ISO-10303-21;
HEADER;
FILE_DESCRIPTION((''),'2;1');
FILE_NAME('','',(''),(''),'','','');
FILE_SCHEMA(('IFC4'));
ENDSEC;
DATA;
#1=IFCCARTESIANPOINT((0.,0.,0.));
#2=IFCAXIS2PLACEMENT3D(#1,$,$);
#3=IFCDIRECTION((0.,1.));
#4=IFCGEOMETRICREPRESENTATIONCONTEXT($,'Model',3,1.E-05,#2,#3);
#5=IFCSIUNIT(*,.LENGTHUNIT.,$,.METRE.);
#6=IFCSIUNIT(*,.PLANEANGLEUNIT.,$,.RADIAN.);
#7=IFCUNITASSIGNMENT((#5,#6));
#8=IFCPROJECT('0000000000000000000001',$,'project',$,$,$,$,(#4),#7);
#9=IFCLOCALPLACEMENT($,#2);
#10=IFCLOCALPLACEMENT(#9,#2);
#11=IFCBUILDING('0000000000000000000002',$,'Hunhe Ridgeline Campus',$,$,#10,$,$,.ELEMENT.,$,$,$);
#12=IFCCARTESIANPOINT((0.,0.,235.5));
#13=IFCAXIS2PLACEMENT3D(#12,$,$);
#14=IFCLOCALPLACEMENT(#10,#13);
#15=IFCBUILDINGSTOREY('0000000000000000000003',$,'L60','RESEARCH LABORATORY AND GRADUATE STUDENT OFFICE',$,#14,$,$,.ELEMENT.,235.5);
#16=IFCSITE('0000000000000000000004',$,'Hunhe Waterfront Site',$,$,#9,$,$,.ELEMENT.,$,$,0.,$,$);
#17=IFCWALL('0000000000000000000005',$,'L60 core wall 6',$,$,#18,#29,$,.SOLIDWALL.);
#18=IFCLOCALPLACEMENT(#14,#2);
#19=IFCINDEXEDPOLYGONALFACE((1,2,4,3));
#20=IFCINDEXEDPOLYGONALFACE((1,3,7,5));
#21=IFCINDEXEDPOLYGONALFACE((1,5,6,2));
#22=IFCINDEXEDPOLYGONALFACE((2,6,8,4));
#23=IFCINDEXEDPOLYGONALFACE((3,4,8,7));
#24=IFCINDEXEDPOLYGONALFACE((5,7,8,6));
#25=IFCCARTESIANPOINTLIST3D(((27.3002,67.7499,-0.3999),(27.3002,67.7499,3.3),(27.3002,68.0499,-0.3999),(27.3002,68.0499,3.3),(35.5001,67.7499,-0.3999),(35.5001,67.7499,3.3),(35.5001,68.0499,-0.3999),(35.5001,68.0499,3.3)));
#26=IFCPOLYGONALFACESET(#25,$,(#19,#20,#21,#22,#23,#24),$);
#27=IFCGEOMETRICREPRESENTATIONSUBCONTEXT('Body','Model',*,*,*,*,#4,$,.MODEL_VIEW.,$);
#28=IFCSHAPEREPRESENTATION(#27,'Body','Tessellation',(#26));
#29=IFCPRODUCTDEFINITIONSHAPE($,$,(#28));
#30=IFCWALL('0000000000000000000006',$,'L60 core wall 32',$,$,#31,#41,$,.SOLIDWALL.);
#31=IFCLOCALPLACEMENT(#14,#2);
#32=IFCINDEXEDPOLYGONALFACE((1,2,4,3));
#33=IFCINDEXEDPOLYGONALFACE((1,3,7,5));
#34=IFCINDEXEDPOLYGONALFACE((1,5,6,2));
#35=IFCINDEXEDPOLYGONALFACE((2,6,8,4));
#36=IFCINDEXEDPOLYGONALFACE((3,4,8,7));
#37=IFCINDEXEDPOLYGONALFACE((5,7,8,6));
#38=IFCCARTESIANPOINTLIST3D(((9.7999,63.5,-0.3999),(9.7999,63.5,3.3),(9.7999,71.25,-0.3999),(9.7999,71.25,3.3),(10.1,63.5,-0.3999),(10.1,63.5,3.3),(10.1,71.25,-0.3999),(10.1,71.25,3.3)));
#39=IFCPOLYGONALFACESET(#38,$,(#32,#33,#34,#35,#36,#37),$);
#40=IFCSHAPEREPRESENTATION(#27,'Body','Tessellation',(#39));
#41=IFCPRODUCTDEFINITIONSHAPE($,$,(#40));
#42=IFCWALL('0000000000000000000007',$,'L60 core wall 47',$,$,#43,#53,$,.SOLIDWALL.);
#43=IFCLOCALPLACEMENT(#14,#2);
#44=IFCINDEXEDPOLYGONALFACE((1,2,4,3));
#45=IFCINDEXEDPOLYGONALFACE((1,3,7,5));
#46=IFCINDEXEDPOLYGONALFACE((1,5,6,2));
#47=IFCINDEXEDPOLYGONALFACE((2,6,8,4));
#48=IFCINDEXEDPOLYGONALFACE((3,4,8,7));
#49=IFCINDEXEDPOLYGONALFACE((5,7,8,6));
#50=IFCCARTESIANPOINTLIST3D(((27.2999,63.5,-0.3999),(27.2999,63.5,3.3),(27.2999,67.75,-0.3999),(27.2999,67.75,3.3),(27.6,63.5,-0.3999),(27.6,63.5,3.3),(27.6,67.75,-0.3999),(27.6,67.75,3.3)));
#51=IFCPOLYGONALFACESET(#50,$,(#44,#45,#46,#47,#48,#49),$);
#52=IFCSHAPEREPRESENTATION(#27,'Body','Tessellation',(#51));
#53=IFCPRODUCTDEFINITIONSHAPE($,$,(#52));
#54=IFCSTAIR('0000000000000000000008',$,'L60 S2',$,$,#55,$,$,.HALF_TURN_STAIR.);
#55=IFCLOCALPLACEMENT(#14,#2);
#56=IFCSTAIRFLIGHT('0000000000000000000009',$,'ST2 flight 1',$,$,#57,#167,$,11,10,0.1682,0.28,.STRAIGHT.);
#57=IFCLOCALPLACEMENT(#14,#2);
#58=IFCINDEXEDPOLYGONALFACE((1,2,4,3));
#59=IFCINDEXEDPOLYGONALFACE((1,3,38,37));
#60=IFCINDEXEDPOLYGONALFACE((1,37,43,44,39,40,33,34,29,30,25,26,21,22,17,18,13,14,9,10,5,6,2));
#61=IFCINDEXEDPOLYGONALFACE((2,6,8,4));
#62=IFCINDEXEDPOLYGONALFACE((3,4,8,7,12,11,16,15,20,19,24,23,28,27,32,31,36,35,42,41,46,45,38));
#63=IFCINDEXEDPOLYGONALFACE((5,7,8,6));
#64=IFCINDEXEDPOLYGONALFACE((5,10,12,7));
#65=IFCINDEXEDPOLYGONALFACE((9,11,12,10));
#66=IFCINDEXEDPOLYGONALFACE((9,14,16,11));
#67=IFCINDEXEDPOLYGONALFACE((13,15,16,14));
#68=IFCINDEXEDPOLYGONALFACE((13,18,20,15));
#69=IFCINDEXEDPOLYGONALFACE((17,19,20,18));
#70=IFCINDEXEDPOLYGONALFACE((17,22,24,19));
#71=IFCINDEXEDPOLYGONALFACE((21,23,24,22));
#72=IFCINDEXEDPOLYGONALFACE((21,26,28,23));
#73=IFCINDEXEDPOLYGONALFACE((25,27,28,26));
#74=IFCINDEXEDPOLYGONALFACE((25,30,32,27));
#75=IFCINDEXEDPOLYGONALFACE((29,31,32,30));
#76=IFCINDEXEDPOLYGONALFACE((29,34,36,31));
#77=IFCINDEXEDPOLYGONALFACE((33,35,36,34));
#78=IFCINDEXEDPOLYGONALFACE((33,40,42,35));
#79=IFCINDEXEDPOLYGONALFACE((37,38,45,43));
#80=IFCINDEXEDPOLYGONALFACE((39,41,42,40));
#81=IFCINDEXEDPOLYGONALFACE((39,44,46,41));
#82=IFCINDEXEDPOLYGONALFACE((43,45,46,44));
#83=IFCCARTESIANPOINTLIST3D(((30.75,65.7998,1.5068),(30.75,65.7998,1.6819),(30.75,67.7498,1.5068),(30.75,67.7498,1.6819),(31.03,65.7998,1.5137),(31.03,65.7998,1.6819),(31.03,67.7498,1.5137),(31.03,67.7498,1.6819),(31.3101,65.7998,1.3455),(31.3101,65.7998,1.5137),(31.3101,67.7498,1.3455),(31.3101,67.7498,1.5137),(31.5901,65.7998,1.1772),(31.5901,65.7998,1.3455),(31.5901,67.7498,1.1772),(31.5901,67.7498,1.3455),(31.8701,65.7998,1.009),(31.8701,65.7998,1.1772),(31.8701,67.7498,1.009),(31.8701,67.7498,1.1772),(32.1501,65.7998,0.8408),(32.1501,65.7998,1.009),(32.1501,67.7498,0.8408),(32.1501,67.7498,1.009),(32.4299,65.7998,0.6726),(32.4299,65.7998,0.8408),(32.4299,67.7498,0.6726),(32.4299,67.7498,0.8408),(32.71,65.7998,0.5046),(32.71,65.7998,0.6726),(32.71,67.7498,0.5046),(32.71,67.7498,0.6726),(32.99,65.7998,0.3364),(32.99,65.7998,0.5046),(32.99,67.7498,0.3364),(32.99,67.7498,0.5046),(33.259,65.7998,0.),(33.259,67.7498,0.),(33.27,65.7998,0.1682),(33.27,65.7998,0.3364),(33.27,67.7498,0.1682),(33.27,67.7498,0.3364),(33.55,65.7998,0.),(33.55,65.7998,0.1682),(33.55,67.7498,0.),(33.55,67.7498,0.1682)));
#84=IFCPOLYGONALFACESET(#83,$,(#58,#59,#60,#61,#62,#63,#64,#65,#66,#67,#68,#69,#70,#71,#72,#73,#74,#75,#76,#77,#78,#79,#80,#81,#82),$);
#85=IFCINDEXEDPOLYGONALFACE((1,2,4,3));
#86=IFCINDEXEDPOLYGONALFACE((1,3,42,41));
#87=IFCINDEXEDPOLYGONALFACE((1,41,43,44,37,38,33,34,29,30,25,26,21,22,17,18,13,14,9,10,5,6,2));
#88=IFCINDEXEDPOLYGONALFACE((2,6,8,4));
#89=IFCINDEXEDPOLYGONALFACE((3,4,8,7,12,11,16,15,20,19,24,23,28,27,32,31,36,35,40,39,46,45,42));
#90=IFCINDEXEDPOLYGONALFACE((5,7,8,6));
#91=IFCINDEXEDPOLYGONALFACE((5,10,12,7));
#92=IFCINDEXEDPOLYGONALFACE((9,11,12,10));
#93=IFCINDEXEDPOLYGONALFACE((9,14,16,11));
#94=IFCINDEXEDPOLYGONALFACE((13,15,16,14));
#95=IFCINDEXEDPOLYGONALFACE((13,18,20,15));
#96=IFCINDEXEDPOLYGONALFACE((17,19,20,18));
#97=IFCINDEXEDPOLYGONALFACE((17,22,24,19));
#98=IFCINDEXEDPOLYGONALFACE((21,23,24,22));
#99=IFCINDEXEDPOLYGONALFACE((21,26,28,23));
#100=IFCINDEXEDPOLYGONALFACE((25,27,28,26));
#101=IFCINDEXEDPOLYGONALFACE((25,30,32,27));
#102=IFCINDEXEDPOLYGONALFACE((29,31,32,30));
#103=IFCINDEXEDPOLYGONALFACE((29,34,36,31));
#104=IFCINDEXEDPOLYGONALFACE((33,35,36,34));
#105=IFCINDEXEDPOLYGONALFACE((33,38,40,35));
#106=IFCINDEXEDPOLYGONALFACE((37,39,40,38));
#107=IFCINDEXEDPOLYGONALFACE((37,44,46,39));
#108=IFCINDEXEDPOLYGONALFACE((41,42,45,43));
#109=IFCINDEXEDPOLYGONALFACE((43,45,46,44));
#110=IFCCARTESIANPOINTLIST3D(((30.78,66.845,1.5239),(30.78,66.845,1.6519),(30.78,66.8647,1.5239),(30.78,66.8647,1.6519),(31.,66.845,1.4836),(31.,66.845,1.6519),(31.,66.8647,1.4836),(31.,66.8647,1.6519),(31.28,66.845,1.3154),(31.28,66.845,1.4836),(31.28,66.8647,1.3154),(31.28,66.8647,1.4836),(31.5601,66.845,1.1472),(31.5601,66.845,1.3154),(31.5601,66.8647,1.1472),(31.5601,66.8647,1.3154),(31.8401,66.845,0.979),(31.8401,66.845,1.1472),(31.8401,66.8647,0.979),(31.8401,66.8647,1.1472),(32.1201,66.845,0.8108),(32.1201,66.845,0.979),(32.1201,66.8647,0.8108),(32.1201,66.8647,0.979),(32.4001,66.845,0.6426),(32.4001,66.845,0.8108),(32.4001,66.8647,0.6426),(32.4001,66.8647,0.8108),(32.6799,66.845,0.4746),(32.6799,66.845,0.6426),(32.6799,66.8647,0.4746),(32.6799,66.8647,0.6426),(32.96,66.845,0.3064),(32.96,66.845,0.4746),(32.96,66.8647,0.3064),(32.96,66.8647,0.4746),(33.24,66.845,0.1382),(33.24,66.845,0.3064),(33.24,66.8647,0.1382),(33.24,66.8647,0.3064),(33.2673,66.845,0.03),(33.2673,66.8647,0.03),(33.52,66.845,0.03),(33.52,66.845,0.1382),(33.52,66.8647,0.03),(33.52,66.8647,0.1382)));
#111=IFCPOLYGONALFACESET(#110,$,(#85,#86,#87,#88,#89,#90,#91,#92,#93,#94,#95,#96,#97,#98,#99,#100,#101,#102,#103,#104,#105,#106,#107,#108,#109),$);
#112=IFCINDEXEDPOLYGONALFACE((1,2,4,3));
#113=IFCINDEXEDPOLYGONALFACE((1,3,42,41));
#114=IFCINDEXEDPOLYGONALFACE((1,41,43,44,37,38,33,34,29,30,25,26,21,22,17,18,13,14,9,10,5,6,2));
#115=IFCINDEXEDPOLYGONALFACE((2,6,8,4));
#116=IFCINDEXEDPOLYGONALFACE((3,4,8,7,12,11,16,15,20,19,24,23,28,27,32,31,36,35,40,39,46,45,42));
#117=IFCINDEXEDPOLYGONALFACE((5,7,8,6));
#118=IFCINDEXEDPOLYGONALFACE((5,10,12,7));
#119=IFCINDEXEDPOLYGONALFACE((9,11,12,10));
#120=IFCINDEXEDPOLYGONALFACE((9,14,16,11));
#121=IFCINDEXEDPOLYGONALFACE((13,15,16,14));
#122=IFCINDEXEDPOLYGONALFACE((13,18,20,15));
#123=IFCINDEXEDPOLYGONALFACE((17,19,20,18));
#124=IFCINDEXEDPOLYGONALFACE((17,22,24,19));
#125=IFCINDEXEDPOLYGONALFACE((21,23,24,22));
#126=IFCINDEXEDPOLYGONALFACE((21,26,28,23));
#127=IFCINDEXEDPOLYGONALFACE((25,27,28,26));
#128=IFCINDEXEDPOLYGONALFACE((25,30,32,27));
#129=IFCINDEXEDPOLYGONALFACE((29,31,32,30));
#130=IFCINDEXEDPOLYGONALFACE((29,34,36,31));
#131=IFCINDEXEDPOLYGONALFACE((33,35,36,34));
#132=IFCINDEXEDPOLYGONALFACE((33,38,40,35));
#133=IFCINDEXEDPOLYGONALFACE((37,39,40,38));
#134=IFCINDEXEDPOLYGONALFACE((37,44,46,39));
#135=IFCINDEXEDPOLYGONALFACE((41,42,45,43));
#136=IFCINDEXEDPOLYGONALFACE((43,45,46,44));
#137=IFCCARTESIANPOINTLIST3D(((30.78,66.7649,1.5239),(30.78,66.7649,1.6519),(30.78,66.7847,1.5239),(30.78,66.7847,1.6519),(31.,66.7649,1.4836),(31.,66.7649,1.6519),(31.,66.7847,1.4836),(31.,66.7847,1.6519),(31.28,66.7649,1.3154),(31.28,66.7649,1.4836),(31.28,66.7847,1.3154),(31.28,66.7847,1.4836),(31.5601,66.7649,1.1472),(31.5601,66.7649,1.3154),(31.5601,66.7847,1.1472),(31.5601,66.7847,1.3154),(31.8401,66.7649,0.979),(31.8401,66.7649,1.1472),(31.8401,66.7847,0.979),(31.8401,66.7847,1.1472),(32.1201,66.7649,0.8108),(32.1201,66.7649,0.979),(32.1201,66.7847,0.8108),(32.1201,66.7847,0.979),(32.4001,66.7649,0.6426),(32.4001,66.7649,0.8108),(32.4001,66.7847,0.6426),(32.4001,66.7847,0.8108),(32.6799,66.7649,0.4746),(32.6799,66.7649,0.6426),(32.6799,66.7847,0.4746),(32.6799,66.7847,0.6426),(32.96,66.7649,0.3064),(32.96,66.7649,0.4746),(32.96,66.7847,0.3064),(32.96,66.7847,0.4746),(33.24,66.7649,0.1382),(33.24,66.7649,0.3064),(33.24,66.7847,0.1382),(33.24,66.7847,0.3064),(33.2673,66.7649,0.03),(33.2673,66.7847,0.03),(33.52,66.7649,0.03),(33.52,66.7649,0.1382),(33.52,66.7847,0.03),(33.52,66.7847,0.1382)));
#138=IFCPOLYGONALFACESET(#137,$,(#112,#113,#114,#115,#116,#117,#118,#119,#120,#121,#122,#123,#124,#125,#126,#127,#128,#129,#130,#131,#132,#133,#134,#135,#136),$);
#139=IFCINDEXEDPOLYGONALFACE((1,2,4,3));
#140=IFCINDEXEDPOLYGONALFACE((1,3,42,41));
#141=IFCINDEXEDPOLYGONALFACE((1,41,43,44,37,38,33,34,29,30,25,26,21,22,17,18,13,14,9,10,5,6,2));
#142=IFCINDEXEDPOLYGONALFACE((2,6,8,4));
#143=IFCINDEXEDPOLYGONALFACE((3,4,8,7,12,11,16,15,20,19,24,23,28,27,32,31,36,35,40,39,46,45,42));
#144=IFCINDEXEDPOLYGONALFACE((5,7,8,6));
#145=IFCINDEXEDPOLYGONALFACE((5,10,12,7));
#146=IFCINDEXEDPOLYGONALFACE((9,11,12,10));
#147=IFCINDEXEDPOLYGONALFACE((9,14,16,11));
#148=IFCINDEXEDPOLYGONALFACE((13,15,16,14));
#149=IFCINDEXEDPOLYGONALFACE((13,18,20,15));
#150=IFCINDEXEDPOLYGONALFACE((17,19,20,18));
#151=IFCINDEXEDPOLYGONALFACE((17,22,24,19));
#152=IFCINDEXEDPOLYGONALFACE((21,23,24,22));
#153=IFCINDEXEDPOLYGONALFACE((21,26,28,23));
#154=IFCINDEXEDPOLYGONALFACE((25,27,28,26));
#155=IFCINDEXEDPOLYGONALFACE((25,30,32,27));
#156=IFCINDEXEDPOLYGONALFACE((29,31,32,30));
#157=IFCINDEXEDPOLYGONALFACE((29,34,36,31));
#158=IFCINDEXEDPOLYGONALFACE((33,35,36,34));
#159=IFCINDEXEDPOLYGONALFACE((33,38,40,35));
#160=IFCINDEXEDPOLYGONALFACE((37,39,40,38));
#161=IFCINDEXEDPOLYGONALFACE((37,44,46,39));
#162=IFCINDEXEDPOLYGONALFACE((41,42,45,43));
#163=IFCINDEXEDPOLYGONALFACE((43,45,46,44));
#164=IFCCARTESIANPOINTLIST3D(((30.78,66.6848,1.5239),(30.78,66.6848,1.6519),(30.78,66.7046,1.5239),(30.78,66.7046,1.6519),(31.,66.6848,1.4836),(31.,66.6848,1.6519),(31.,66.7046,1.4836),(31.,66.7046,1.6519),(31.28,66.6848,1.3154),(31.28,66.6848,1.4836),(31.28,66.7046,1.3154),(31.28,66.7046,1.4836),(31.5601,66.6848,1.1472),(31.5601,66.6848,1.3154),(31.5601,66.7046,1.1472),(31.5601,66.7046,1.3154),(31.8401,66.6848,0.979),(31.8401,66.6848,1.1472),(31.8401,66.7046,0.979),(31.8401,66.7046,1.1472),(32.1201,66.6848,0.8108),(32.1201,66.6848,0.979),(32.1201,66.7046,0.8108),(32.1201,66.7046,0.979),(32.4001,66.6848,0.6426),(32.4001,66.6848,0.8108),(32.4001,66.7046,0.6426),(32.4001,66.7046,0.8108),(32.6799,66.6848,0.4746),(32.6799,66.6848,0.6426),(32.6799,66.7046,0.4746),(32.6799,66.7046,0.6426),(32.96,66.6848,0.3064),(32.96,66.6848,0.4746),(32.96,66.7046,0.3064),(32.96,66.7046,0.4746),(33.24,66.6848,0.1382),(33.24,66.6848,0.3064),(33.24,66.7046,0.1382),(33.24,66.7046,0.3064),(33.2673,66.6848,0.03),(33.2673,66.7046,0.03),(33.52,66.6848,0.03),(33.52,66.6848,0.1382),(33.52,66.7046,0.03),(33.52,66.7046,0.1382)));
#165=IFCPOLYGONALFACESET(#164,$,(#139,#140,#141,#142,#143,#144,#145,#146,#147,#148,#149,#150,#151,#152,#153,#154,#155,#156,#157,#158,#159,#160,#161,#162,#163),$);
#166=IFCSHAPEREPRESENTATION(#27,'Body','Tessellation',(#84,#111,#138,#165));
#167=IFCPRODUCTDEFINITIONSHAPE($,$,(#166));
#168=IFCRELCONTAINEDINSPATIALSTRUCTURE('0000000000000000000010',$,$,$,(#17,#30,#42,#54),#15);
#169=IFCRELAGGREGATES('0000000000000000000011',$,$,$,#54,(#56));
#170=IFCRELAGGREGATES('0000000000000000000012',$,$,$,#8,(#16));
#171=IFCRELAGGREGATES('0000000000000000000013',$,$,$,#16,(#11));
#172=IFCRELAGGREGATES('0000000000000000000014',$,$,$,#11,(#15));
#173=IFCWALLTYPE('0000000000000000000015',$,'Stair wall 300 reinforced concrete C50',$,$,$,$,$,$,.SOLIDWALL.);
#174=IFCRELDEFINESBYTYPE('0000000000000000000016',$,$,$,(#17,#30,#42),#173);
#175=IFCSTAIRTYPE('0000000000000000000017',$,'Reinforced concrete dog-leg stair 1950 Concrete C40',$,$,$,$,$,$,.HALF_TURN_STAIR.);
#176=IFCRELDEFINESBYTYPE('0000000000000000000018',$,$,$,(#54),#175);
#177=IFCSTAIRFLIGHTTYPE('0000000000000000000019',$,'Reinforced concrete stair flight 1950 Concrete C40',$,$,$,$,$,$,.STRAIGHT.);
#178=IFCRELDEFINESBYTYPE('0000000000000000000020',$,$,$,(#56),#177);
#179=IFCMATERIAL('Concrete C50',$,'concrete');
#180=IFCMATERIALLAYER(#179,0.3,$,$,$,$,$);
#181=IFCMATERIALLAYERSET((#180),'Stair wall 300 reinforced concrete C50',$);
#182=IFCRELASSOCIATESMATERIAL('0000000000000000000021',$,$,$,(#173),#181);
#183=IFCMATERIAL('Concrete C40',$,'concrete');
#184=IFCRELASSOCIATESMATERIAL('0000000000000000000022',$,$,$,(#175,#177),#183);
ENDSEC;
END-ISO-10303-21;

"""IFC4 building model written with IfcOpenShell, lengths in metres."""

from ifc_helpers import new_model, si_unit, direction, frame, frame_2d, origin, place, context, subcontext, project, spatial, polyline, rectangle, outline, extrude, material, layer, layer_set, type_object, element, aggregate, save


model = new_model("IFC4")

# Units and contexts
model_context = context("Model", 3, precision=1e-05, world=origin(), true_north=direction((0.0, 1.0)))
body_context = subcontext(model_context, "Body", "Model", "MODEL_VIEW")
ifc_project = project(units=[si_unit("LENGTHUNIT", "METRE"), si_unit("PLANEANGLEUNIT", "RADIAN")], contexts=[model_context])

# Site, building, storey
site_placement = place(None, origin())
site = spatial("IfcSite", under=ifc_project, at=site_placement, Name="Hunhe Waterfront Site", CompositionType="ELEMENT", RefElevation=0.0)
building_placement = place(site_placement, origin())
building = spatial("IfcBuilding", under=site, at=building_placement, Name="Hunhe Ridgeline Campus", CompositionType="ELEMENT")
storey_placement = place(building_placement, frame((0.0, 0.0, 235.5)))
storey = spatial("IfcBuildingStorey", under=building, at=storey_placement, Name="L60", Description="RESEARCH LABORATORY AND GRADUATE STUDENT OFFICE", CompositionType="ELEMENT", Elevation=235.5)

# Shared definitions
ifc_material_1 = material(Name="Concrete C50", Category="concrete")

# Walls
ifc_layer_1 = layer(ifc_material_1, 0.3)
ifc_layer_set_1 = layer_set([ifc_layer_1], Name="Stair wall 300 reinforced concrete C50")
wall_type_1 = type_object("IfcWallType", Name="Stair wall 300 reinforced concrete C50", PredefinedType="SOLIDWALL", material=ifc_layer_set_1)
wall_1_placement = place(storey_placement, frame((27.3, 67.8999, -0.3999), z_axis=(0.0, 0.0, 1.0), x_axis=(1.0, 0.0, 0.0)))
element("IfcWall", 1, at=wall_1_placement, inside=storey, type_object=wall_type_1, Name="L60 core wall 6", PredefinedType="SOLIDWALL", context=body_context, shape_type="SweptSolid", body=[
    extrude(rectangle(XDim=8.2, YDim=0.3, at=frame_2d((4.1001, 0.0))), origin(), (0.0, 0.0, 1.0), 3.7),
])
wall_2_placement = place(storey_placement, frame((9.95, 63.5, -0.3999), z_axis=(0.0, 0.0, 1.0), x_axis=(0.0, 1.0, 0.0)))
element("IfcWall", 2, at=wall_2_placement, inside=storey, type_object=wall_type_1, Name="L60 core wall 32", PredefinedType="SOLIDWALL", context=body_context, shape_type="SweptSolid", body=[
    extrude(rectangle(XDim=7.75, YDim=0.3, at=frame_2d((3.875, 0.0))), origin(), (0.0, 0.0, 1.0), 3.7),
])
wall_3_placement = place(storey_placement, frame((27.45, 63.5, -0.3999), z_axis=(0.0, 0.0, 1.0), x_axis=(0.0, 1.0, 0.0)))
element("IfcWall", 3, at=wall_3_placement, inside=storey, type_object=wall_type_1, Name="L60 core wall 47", PredefinedType="SOLIDWALL", context=body_context, shape_type="SweptSolid", body=[
    extrude(rectangle(XDim=4.25, YDim=0.3, at=frame_2d((2.125, 0.0))), origin(), (0.0, 0.0, 1.0), 3.7),
])

# Stair, stair flight
ifc_material_2 = material(Name="Concrete C40", Category="concrete")
stair_type = type_object("IfcStairType", Name="Reinforced concrete dog-leg stair 1950 Concrete C40", PredefinedType="HALF_TURN_STAIR", material=ifc_material_2)
stair_placement = place(storey_placement, origin())
stair = element("IfcStair", 4, at=stair_placement, inside=storey, type_object=stair_type, Name="L60 S2", PredefinedType="HALF_TURN_STAIR")
stair_flight_type = type_object("IfcStairFlightType", Name="Reinforced concrete stair flight 1950 Concrete C40", PredefinedType="STRAIGHT", material=ifc_material_2)
stair_flight_1_placement = place(storey_placement, frame((33.55, 66.7749, 0.0), z_axis=(0.0, 0.0, 1.0), x_axis=(-1.0, 0.0, 0.0)))
stair_flight_1 = element("IfcStairFlight", 5, at=stair_flight_1_placement, type_object=stair_flight_type, Name="ST2 flight 1", NumberOfRisers=11, NumberOfTreads=10, PredefinedType="STRAIGHT", RiserHeight=0.1682, TreadLength=0.28, context=body_context, shape_type="SweptSolid", body=[
    extrude(outline(polyline([(0.0, 0.0), (0.0, 0.1682), (0.28, 0.1682), (0.28, 0.3364), (0.5601, 0.3364), (0.5601, 0.5046), (0.8401, 0.5046), (0.8401, 0.6726), (1.1201, 0.6726), (1.1201, 0.8408), (1.3999, 0.8408), (1.3999, 1.009), (1.6799, 1.009), (1.6799, 1.1772), (1.96, 1.1772), (1.96, 1.3455), (2.24, 1.3455), (2.24, 1.5137), (2.52, 1.5137), (2.52, 1.6819), (2.8, 1.6819), (2.8, 1.8501), (2.8, 1.5068), (0.291, 0.0), (0.0, 0.0)])), frame((0.0, 0.9751, 0.0), z_axis=(0.0, -1.0, 0.0), x_axis=(1.0, 0.0, 0.0)), (0.0, 0.0, 1.0), 1.95),
    extrude(outline(polyline([(0.03, 0.03), (0.03, 0.1382), (0.3101, 0.1382), (0.3101, 0.3064), (0.5901, 0.3064), (0.5901, 0.4746), (0.8701, 0.4746), (0.8701, 0.6426), (1.1499, 0.6426), (1.1499, 0.8108), (1.4299, 0.8108), (1.4299, 0.979), (1.71, 0.979), (1.71, 1.1472), (1.99, 1.1472), (1.99, 1.3154), (2.27, 1.3154), (2.27, 1.4836), (2.55, 1.4836), (2.55, 1.6519), (2.77, 1.6519), (2.77, 1.5239), (0.2827, 0.03), (0.03, 0.03)])), frame((0.0, -0.0701, 0.0), z_axis=(0.0, -1.0, 0.0), x_axis=(1.0, 0.0, 0.0)), (0.0, 0.0, 1.0), 0.0198),
    extrude(outline(polyline([(0.03, 0.03), (0.03, 0.1382), (0.3101, 0.1382), (0.3101, 0.3064), (0.5901, 0.3064), (0.5901, 0.4746), (0.8701, 0.4746), (0.8701, 0.6426), (1.1499, 0.6426), (1.1499, 0.8108), (1.4299, 0.8108), (1.4299, 0.979), (1.71, 0.979), (1.71, 1.1472), (1.99, 1.1472), (1.99, 1.3154), (2.27, 1.3154), (2.27, 1.4836), (2.55, 1.4836), (2.55, 1.6519), (2.77, 1.6519), (2.77, 1.5239), (0.2827, 0.03), (0.03, 0.03)])), frame((0.0, 0.01, 0.0), z_axis=(0.0, -1.0, 0.0), x_axis=(1.0, 0.0, 0.0)), (0.0, 0.0, 1.0), 0.0198),
    extrude(outline(polyline([(0.03, 0.03), (0.03, 0.1382), (0.3101, 0.1382), (0.3101, 0.3064), (0.5901, 0.3064), (0.5901, 0.4746), (0.8701, 0.4746), (0.8701, 0.6426), (1.1499, 0.6426), (1.1499, 0.8108), (1.4299, 0.8108), (1.4299, 0.979), (1.71, 0.979), (1.71, 1.1472), (1.99, 1.1472), (1.99, 1.3154), (2.27, 1.3154), (2.27, 1.4836), (2.55, 1.4836), (2.55, 1.6519), (2.77, 1.6519), (2.77, 1.5239), (0.2827, 0.03), (0.03, 0.03)])), frame((0.0, 0.0901, 0.0), z_axis=(0.0, -1.0, 0.0), x_axis=(1.0, 0.0, 0.0)), (0.0, 0.0, 1.0), 0.0198),
])
aggregate(stair, [stair_flight_1])

save(model, "model.ifc")
